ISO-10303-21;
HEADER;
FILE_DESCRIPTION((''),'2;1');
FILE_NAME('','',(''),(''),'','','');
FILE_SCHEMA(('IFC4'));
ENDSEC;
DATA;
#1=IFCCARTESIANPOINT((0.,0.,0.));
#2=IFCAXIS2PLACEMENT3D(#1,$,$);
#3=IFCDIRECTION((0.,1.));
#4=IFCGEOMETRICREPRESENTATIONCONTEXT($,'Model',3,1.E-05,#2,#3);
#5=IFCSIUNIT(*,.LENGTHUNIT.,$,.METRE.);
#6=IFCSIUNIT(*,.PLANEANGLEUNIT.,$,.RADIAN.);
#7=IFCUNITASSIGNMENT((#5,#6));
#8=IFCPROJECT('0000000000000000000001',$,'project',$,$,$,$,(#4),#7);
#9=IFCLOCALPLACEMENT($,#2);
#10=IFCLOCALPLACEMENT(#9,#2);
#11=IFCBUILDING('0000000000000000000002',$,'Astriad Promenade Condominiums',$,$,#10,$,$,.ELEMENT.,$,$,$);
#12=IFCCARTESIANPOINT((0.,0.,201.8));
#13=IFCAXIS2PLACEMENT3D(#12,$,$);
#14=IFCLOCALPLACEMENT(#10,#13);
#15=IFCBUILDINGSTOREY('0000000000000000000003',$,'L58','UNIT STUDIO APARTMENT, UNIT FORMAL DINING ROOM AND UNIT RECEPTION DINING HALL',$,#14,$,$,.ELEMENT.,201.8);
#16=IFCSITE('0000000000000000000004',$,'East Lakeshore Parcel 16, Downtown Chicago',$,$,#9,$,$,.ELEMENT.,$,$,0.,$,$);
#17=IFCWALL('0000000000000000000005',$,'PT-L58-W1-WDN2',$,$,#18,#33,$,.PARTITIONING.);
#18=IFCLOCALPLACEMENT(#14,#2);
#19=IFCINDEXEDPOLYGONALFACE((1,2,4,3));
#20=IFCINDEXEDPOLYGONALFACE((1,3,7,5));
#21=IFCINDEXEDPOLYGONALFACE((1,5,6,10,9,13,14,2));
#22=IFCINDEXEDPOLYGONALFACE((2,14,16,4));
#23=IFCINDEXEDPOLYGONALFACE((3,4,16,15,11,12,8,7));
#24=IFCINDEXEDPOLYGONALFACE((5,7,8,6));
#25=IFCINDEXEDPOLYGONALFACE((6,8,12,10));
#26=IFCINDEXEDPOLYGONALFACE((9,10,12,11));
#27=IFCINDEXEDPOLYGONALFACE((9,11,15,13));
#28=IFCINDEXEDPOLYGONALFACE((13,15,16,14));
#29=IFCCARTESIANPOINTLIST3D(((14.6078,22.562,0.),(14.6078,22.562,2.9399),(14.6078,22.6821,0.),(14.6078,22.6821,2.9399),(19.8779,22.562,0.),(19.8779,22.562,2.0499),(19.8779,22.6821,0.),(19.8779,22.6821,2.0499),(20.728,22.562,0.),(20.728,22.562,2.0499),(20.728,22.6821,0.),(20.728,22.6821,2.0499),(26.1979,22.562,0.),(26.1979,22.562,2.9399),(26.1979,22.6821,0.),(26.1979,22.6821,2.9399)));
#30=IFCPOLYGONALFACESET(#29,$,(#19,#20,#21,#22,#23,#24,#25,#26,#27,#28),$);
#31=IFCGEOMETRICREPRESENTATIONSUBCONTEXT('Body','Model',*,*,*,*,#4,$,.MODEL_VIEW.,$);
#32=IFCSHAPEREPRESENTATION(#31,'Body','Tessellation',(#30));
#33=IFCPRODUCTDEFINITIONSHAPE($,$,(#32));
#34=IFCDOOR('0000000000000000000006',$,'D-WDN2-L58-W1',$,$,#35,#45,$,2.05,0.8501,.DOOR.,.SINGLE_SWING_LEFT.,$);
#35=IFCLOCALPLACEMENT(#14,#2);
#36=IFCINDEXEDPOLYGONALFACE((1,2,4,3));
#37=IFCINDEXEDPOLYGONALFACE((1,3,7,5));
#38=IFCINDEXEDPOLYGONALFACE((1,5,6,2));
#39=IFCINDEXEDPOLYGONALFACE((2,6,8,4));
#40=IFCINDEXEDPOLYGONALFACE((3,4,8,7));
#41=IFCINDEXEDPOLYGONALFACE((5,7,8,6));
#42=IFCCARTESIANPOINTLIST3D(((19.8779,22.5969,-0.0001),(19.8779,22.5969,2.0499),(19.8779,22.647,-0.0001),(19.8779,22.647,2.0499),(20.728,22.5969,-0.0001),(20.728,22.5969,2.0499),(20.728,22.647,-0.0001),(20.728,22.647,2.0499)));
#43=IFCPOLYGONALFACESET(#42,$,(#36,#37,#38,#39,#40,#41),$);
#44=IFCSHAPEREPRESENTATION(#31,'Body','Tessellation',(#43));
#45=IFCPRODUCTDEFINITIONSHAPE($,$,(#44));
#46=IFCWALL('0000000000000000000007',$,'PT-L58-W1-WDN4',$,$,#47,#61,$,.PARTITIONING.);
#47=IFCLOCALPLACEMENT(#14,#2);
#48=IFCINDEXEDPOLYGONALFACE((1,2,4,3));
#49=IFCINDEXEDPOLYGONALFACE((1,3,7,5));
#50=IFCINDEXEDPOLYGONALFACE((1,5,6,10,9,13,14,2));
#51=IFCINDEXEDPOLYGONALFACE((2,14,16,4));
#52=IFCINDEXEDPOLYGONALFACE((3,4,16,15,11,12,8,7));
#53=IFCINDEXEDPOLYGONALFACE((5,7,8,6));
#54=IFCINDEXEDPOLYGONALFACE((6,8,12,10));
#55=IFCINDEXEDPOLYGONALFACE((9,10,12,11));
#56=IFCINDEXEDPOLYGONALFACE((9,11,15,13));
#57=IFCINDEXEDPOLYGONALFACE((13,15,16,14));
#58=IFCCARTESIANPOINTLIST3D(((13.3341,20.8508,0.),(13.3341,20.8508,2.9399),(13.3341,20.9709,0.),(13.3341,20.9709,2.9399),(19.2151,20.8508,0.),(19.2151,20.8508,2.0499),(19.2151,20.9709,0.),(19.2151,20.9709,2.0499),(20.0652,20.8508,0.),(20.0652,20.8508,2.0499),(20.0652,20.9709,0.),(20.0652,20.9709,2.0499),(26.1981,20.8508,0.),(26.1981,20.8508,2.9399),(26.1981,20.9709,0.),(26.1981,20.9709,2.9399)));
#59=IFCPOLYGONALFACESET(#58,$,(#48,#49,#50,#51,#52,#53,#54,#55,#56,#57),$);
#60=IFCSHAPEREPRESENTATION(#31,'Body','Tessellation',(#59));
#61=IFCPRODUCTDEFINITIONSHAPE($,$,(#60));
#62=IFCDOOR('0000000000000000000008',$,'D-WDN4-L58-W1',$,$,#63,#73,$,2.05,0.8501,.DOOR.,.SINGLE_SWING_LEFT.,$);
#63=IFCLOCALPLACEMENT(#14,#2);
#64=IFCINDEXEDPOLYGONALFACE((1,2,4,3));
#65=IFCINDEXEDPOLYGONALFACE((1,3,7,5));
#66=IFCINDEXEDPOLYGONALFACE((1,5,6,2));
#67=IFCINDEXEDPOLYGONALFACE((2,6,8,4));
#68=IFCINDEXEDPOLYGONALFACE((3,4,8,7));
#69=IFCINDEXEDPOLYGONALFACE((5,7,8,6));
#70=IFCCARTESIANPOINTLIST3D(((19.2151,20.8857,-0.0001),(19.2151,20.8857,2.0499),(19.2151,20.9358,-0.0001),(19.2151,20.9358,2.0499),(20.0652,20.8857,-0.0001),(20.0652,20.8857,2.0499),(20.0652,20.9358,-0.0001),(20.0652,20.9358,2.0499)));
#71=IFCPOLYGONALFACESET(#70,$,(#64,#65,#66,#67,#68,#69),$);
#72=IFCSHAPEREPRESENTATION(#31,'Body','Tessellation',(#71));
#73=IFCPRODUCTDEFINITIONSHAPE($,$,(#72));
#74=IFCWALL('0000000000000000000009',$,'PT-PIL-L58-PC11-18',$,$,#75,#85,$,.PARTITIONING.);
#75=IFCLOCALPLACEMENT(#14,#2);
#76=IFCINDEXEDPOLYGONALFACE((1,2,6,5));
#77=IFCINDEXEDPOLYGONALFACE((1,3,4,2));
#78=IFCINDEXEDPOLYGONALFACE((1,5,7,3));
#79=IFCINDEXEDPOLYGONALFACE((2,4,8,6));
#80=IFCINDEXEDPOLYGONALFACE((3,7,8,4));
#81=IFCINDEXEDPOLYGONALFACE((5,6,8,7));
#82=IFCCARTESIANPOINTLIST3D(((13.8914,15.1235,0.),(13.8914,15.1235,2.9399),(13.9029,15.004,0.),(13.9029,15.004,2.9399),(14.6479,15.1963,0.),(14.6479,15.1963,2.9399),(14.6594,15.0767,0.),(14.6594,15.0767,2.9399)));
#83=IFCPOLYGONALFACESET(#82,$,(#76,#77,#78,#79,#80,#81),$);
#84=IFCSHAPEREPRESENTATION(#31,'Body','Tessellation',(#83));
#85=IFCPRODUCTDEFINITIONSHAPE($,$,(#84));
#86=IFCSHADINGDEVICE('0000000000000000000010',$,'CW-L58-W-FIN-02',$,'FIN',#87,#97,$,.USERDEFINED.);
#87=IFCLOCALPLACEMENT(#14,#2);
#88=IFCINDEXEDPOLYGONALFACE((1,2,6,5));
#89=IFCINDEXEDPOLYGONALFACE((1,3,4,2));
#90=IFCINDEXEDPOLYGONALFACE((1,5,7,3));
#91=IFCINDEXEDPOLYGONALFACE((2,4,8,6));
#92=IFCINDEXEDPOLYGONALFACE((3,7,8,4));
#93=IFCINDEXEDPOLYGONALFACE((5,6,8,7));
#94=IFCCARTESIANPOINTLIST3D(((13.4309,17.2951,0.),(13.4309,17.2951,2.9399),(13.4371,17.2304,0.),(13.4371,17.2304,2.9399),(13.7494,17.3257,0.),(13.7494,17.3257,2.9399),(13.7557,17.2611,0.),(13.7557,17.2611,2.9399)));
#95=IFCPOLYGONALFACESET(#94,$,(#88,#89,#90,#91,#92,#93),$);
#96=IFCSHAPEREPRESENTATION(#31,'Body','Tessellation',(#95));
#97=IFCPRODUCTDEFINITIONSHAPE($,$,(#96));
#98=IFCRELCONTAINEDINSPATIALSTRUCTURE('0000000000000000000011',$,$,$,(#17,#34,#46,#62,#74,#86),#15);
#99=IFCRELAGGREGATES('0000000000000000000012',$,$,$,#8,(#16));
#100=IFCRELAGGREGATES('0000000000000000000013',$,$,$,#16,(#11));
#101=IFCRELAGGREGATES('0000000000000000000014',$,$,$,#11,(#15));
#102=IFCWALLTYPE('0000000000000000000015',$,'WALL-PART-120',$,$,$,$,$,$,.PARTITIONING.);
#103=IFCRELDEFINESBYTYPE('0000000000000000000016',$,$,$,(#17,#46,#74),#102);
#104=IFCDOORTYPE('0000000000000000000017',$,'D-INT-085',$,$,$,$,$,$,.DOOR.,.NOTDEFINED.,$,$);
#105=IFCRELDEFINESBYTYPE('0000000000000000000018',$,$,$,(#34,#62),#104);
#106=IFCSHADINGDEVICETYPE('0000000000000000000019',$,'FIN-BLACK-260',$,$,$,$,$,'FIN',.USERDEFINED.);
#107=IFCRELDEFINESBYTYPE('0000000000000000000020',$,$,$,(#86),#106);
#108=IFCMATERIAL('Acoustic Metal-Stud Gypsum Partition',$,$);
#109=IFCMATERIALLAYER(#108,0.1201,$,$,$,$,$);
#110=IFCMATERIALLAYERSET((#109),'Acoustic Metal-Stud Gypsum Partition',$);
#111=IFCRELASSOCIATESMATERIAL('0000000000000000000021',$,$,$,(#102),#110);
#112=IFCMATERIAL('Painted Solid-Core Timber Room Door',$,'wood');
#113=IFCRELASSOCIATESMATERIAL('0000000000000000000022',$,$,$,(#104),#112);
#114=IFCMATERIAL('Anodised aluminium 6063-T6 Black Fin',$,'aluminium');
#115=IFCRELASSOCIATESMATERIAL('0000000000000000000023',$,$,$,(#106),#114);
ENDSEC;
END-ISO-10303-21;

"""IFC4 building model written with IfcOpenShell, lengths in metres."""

from ifc_helpers import new_model, si_unit, direction, frame, frame_2d, origin, origin_2d, place, context, subcontext, project, spatial, rectangle, extrude, source, transform, mapped, material, layer, layer_set, type_object, type_shapes, element, fill, save


model = new_model("IFC4")

# Units and contexts
model_context = context("Model", 3, precision=1e-05, world=origin(), true_north=direction((0.0, 1.0)))
body_context = subcontext(model_context, "Body", "Model", "MODEL_VIEW")
ifc_project = project(units=[si_unit("LENGTHUNIT", "METRE"), si_unit("PLANEANGLEUNIT", "RADIAN")], contexts=[model_context])

# Site, building, storey
site_placement = place(None, origin())
site = spatial("IfcSite", under=ifc_project, at=site_placement, Name="East Lakeshore Parcel 16, Downtown Chicago", CompositionType="ELEMENT", RefElevation=0.0)
building_placement = place(site_placement, origin())
building = spatial("IfcBuilding", under=site, at=building_placement, Name="Astriad Promenade Condominiums", CompositionType="ELEMENT")
storey_placement = place(building_placement, frame((0.0, 0.0, 201.8)))
storey = spatial("IfcBuildingStorey", under=building, at=storey_placement, Name="L58", Description="UNIT STUDIO APARTMENT, UNIT FORMAL DINING ROOM AND UNIT RECEPTION DINING HALL", CompositionType="ELEMENT", Elevation=201.8)

# Walls, openings, doors
ifc_material_1 = material(Name="Acoustic Metal-Stud Gypsum Partition")
ifc_layer_1 = layer(ifc_material_1, 0.1201)
ifc_layer_set_1 = layer_set([ifc_layer_1], Name="Acoustic Metal-Stud Gypsum Partition")
wall_type_1 = type_object("IfcWallType", Name="WALL-PART-120", PredefinedType="PARTITIONING", material=ifc_layer_set_1)
wall_1_placement = place(storey_placement, frame((14.6079, 22.6221, 0.0), z_axis=(0.0, 0.0, 1.0), x_axis=(1.0, 0.0, 0.0)))
wall_1 = element("IfcWall", 1, at=wall_1_placement, inside=storey, type_object=wall_type_1, Name="PT-L58-W1-WDN2", PredefinedType="PARTITIONING", context=body_context, shape_type="SweptSolid", body=[
    extrude(rectangle(XDim=11.5901, YDim=0.1201, at=frame_2d((5.7949, 0.0))), origin(), (0.0, 0.0, 1.0), 2.9399),
])
opening_1_placement = place(wall_1_placement, frame((5.27, 0.0, 0.0)))
opening_1 = element("IfcOpeningElement", 2, at=opening_1_placement, cuts=wall_1, PredefinedType="OPENING", context=body_context, shape_type="SweptSolid", body=[
    extrude(rectangle(XDim=0.8501, YDim=2.05, at=frame_2d((0.425, 1.0249))), frame((0.0, 0.0701, 0.0), z_axis=(0.0, -1.0, 0.0), x_axis=(1.0, 0.0, 0.0)), (0.0, 0.0, 1.0), 0.1401),
])
ifc_material_2 = material(Name="Painted Solid-Core Timber Room Door", Category="wood")
door_type = type_object("IfcDoorType", Name="D-INT-085", OperationType="NOTDEFINED", PredefinedType="DOOR", material=ifc_material_2)
shared_shape_1 = source(origin(), body_context, "Body", "SweptSolid", [
    extrude(rectangle(XDim=0.8501, YDim=2.05, at=frame_2d((0.425, 1.0249))), frame((0.0, 0.0249, 0.0), z_axis=(0.0, -1.0, 0.0), x_axis=(1.0, 0.0, 0.0)), (0.0, 0.0, 1.0), 0.05),
])
type_shapes(door_type, [shared_shape_1])
door_1_placement = place(opening_1_placement, origin())
door_1 = element("IfcDoor", 3, at=door_1_placement, inside=storey, type_object=door_type, Name="D-WDN2-L58-W1", OperationType="SINGLE_SWING_LEFT", OverallHeight=2.05, OverallWidth=0.8501, PredefinedType="DOOR", context=body_context, shape_type="MappedRepresentation", body=[
    mapped(shared_shape_1, transform((0.0, 0.0, 0.0), scale=1.0)),
])
fill(opening_1, door_1)
wall_2_placement = place(storey_placement, frame((13.334, 20.9109, 0.0), z_axis=(0.0, 0.0, 1.0), x_axis=(1.0, 0.0, 0.0)))
wall_2 = element("IfcWall", 4, at=wall_2_placement, inside=storey, type_object=wall_type_1, Name="PT-L58-W1-WDN4", PredefinedType="PARTITIONING", context=body_context, shape_type="SweptSolid", body=[
    extrude(rectangle(XDim=12.864, YDim=0.1201, at=frame_2d((6.4321, 0.0))), origin(), (0.0, 0.0, 1.0), 2.9399),
])
opening_2_placement = place(wall_2_placement, frame((5.8811, 0.0, 0.0)))
opening_2 = element("IfcOpeningElement", 5, at=opening_2_placement, cuts=wall_2, PredefinedType="OPENING", context=body_context, shape_type="SweptSolid", body=[
    extrude(rectangle(XDim=0.8501, YDim=2.05, at=frame_2d((0.425, 1.0249))), frame((0.0, 0.0701, 0.0), z_axis=(0.0, -1.0, 0.0), x_axis=(1.0, 0.0, 0.0)), (0.0, 0.0, 1.0), 0.1401),
])
door_2_placement = place(opening_2_placement, origin())
door_2 = element("IfcDoor", 6, at=door_2_placement, inside=storey, type_object=door_type, Name="D-WDN4-L58-W1", OperationType="SINGLE_SWING_LEFT", OverallHeight=2.05, OverallWidth=0.8501, PredefinedType="DOOR", context=body_context, shape_type="MappedRepresentation", body=[
    mapped(shared_shape_1, transform((0.0, 0.0, 0.0), scale=1.0)),
])
fill(opening_2, door_2)

# Wall
wall_3_placement = place(storey_placement, frame((14.6536, 15.1365, 0.0), z_axis=(0.0, 0.0, 1.0), x_axis=(-0.995408, -0.095719, 0.0)))
element("IfcWall", 7, at=wall_3_placement, inside=storey, type_object=wall_type_1, Name="PT-PIL-L58-PC11-18", PredefinedType="PARTITIONING", context=body_context, shape_type="SweptSolid", body=[
    extrude(rectangle(XDim=0.76, YDim=0.1201, at=frame_2d((0.3799, 0.0))), origin(), (0.0, 0.0, 1.0), 2.9399),
])

# Shading device
ifc_material_3 = material(Name="Anodised aluminium 6063-T6 Black Fin", Category="aluminium")
shading_device_type = type_object("IfcShadingDeviceType", Name="FIN-BLACK-260", ElementType="FIN", PredefinedType="USERDEFINED", material=ifc_material_3)
shared_shape_2 = source(origin(), body_context, "Body", "SweptSolid", [
    extrude(rectangle(XDim=0.0649, YDim=0.3201, at=origin_2d()), origin(), (0.0, 0.0, 1.0), 2.9399),
])
type_shapes(shading_device_type, [shared_shape_2])
shading_device_placement = place(storey_placement, frame((13.5933, 17.2781, 0.0), z_axis=(0.0, 0.0, 1.0), x_axis=(-0.095846, 0.995396, 0.0)))
element("IfcShadingDevice", 8, at=shading_device_placement, inside=storey, type_object=shading_device_type, Name="CW-L58-W-FIN-02", ObjectType="FIN", PredefinedType="USERDEFINED", context=body_context, shape_type="MappedRepresentation", body=[
    mapped(shared_shape_2, transform((0.0, 0.0, 0.0), scale=1.0)),
])

save(model, "model.ifc")
